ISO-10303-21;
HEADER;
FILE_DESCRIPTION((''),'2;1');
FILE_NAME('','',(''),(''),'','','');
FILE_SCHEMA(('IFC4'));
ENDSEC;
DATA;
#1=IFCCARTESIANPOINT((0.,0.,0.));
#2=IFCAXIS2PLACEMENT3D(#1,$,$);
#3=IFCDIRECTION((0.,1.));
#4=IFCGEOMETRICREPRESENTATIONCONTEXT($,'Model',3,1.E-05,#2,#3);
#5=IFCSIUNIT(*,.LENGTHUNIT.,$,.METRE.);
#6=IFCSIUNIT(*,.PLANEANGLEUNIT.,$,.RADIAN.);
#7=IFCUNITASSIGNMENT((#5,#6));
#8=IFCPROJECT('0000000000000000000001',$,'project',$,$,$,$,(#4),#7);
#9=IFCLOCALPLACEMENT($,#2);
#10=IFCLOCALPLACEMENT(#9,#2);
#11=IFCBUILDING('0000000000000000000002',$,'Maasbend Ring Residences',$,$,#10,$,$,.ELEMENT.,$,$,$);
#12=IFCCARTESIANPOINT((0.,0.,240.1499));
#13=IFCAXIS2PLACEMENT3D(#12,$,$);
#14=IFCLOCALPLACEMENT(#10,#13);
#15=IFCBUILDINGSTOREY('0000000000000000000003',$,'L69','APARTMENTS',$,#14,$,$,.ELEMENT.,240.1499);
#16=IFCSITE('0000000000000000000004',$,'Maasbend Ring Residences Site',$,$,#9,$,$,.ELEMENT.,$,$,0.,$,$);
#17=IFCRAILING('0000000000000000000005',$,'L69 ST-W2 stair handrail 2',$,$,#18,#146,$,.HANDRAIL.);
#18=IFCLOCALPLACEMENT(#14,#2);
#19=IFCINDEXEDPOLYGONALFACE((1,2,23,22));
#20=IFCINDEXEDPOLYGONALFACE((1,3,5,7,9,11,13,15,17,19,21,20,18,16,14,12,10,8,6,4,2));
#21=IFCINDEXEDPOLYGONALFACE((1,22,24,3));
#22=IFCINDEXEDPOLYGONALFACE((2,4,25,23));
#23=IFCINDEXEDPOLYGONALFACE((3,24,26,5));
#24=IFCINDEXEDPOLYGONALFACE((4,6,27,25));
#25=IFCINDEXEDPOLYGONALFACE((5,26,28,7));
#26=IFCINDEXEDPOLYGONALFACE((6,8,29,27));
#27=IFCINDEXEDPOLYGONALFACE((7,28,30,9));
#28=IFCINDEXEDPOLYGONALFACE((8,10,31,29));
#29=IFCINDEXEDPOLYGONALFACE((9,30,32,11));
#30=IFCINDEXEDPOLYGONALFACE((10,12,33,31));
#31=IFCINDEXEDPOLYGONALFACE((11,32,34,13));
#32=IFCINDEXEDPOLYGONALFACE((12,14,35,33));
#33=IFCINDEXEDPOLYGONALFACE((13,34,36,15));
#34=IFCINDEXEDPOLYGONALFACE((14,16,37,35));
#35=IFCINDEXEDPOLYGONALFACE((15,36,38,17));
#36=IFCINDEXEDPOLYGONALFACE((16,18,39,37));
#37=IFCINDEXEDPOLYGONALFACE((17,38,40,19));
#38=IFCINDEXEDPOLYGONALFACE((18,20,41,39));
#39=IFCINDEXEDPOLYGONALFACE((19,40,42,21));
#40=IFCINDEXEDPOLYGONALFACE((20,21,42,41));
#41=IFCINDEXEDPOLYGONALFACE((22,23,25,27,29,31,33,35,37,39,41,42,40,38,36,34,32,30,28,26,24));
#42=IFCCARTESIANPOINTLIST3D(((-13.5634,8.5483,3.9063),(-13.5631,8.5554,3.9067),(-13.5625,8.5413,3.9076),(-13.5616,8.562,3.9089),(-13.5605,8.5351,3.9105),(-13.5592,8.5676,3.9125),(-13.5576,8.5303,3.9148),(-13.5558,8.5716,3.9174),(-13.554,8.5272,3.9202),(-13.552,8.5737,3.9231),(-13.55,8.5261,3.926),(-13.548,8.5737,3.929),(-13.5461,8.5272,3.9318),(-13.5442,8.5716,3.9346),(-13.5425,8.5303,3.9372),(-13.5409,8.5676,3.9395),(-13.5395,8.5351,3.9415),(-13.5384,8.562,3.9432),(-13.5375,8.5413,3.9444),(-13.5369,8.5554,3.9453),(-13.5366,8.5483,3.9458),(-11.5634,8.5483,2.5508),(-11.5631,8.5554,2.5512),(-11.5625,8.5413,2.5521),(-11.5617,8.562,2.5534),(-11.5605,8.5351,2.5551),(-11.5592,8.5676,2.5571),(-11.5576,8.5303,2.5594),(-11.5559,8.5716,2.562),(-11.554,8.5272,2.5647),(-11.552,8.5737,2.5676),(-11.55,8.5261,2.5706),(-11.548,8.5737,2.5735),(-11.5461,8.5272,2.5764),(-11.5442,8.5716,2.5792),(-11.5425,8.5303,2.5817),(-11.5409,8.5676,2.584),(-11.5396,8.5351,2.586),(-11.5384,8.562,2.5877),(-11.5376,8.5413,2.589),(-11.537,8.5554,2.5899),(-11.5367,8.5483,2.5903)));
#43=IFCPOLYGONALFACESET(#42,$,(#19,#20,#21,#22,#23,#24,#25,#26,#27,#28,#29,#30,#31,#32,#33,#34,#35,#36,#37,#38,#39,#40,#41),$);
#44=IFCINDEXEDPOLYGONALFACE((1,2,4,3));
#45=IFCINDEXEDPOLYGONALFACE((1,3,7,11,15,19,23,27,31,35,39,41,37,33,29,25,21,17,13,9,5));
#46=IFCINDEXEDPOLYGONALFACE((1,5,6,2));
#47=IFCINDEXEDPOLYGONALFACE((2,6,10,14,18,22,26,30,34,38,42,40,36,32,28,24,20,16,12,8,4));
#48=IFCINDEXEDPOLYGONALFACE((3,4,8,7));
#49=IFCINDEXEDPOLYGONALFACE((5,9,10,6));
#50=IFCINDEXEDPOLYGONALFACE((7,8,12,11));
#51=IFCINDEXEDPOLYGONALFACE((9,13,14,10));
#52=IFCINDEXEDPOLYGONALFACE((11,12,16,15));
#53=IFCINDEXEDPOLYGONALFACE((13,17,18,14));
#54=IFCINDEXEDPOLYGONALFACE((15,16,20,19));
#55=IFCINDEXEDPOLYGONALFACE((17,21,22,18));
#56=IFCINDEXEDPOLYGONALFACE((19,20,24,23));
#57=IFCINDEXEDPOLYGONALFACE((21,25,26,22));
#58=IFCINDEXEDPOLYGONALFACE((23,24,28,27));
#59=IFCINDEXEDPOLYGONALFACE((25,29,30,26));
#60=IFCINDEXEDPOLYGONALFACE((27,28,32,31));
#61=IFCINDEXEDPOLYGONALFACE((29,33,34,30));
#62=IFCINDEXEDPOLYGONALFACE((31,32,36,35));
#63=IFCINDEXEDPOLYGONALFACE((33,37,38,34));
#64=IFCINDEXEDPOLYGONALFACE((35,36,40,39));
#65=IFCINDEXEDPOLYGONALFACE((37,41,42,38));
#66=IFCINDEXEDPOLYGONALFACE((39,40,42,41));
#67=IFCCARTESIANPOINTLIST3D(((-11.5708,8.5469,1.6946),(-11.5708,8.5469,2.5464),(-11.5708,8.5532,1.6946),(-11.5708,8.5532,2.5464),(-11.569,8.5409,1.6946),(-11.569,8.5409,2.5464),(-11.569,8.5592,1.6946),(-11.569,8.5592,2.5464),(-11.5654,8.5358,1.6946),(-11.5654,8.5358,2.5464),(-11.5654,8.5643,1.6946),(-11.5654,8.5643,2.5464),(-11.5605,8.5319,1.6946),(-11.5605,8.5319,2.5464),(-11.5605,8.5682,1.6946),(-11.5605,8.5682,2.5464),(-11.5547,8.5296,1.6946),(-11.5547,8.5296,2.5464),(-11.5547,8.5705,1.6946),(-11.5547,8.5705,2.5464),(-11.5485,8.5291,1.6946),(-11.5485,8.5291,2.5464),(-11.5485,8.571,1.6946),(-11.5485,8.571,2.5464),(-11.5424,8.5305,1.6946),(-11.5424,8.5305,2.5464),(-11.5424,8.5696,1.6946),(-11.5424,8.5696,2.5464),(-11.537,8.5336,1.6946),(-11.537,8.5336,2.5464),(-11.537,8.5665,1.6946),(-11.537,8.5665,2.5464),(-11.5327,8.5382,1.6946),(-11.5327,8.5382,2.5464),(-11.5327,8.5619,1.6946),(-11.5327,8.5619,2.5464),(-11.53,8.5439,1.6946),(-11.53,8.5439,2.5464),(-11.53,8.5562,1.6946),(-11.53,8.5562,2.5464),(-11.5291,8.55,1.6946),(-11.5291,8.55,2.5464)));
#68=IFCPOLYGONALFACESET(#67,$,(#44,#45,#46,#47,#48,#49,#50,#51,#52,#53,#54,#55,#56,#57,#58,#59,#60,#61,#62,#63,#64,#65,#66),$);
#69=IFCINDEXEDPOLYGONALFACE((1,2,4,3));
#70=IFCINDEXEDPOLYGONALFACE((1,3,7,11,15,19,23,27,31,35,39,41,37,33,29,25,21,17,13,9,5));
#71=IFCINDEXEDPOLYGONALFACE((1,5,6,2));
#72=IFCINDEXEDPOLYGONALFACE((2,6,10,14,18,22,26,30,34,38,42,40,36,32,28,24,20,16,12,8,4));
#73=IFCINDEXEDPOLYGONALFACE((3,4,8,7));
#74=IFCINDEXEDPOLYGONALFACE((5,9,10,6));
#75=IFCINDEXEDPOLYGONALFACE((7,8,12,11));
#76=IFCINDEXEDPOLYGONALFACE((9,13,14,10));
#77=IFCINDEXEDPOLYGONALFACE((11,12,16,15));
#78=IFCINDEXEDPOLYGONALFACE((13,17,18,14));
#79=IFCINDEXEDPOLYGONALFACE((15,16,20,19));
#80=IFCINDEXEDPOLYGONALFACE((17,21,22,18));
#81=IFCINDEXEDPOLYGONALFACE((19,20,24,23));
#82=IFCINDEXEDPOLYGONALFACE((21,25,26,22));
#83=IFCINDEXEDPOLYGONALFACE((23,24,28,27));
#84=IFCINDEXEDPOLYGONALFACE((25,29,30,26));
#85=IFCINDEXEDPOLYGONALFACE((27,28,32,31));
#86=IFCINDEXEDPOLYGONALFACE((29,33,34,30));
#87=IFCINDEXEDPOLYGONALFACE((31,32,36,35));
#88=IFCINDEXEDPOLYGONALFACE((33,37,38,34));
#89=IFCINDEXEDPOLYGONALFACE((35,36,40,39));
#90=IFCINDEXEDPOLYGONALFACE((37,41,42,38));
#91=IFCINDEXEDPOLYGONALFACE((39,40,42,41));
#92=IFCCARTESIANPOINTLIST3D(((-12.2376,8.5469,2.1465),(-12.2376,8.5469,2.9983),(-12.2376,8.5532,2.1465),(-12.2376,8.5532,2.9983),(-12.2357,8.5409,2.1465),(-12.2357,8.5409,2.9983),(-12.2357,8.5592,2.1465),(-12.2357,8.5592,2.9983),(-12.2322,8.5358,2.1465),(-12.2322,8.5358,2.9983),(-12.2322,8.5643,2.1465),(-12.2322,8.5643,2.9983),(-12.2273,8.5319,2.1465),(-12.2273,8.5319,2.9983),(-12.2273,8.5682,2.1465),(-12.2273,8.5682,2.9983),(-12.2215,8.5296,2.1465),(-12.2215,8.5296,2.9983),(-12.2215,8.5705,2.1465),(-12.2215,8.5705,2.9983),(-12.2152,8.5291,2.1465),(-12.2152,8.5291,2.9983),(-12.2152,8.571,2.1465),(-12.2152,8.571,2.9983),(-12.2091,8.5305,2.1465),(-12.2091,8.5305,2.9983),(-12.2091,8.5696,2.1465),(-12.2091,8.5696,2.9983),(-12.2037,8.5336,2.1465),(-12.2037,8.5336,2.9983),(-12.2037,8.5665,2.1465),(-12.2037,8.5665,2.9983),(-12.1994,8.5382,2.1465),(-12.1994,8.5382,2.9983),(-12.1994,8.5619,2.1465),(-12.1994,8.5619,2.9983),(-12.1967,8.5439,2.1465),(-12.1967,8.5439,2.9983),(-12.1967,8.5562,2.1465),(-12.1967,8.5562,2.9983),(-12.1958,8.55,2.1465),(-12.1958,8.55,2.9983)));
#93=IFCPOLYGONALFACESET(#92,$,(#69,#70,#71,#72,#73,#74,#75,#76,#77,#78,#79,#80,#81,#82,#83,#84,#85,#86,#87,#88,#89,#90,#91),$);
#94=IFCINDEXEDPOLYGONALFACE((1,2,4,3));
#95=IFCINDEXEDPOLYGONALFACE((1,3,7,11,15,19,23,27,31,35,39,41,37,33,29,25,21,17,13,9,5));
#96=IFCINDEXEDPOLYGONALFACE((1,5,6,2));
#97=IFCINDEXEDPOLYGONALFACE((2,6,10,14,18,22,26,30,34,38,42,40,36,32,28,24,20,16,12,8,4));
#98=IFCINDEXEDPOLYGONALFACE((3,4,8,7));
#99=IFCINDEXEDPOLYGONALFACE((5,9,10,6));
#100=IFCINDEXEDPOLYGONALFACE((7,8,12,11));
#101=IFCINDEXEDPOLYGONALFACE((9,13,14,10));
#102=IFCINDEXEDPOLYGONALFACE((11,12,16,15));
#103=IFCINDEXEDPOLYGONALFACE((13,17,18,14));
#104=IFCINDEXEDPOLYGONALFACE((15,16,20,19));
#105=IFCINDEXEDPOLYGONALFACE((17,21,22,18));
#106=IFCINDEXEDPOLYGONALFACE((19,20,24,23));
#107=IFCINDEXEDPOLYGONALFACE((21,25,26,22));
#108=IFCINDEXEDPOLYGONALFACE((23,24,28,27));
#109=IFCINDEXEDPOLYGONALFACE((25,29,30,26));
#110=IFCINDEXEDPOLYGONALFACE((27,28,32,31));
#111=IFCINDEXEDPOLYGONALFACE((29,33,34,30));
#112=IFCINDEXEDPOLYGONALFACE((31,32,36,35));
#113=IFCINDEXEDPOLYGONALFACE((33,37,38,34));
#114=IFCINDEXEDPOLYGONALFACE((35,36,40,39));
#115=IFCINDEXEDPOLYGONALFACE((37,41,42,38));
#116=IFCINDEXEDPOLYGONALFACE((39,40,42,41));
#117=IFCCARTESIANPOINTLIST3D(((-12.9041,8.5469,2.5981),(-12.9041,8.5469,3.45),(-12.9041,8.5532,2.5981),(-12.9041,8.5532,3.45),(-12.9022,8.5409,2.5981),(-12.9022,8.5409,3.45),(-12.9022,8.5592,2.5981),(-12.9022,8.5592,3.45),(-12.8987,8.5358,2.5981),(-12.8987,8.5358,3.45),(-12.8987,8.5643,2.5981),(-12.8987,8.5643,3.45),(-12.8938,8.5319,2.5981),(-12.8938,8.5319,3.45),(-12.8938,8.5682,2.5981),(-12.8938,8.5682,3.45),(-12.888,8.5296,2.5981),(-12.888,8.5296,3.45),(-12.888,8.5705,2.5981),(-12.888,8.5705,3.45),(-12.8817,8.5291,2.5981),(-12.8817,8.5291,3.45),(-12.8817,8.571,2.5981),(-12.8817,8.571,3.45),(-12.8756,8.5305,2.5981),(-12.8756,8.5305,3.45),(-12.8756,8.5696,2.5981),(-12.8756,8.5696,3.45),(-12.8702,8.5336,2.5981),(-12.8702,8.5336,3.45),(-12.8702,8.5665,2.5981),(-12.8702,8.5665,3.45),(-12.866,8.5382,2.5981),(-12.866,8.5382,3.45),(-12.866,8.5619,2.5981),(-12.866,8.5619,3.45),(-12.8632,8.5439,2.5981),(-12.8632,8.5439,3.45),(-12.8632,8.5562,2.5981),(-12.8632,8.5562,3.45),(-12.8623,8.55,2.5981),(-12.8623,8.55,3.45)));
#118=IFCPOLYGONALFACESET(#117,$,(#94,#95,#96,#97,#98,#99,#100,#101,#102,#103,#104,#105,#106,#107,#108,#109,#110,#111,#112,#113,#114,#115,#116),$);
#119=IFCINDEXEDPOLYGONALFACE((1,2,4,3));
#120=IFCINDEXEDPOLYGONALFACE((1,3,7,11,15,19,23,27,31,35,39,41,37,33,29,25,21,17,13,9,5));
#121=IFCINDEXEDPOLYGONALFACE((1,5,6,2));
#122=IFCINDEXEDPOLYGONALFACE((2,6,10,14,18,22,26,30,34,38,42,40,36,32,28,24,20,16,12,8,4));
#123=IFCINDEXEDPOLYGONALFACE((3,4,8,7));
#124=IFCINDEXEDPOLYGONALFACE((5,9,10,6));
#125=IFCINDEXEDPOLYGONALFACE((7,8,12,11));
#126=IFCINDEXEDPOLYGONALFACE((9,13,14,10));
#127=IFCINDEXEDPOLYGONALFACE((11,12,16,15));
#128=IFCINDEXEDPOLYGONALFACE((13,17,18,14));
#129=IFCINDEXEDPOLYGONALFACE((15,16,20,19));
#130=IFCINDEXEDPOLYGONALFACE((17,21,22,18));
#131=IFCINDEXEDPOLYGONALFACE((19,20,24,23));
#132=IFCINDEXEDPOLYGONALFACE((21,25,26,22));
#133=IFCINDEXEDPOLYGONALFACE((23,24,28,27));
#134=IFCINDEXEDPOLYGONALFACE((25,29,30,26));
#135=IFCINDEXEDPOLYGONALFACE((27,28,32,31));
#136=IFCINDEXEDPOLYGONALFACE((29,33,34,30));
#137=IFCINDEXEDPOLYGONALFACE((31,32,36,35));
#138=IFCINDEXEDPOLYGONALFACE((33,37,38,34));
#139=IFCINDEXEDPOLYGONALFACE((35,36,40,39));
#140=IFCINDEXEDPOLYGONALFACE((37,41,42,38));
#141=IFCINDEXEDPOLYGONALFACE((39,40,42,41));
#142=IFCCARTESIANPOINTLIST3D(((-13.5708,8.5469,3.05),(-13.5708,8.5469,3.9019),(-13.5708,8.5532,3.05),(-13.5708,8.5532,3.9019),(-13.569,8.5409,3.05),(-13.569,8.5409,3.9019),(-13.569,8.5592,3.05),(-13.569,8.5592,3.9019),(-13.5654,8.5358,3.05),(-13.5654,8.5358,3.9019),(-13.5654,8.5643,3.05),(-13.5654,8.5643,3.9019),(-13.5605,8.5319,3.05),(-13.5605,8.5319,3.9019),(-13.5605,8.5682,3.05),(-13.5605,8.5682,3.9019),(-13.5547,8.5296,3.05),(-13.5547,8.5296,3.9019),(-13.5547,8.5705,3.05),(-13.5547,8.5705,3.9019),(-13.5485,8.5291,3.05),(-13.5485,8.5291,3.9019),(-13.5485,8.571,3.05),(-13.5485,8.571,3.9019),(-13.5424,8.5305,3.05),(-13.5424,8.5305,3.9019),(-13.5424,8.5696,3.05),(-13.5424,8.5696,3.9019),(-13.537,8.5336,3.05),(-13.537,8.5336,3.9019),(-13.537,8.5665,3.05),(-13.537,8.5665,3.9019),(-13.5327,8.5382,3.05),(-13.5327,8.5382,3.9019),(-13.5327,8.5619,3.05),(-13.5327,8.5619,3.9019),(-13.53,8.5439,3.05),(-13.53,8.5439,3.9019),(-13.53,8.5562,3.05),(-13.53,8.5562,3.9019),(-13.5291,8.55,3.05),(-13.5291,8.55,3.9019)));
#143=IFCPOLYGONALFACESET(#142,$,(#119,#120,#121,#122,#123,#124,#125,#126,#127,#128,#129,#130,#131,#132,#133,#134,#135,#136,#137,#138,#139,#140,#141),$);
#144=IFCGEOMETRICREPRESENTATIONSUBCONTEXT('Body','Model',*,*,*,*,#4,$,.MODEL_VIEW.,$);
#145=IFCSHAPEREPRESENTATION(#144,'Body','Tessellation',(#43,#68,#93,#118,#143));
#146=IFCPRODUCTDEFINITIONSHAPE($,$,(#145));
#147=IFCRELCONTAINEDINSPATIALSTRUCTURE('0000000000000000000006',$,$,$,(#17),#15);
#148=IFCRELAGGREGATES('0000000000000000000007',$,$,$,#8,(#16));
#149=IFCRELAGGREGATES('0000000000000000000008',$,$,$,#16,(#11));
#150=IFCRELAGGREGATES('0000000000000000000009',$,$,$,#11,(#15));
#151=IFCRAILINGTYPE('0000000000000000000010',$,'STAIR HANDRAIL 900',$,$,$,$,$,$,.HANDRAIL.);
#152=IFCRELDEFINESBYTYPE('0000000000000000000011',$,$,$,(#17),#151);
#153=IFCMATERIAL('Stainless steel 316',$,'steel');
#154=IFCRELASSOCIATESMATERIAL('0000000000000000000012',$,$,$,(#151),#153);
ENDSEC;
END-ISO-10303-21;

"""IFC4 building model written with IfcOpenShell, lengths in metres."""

from ifc_helpers import new_model, si_unit, direction, frame, origin, origin_2d, place, context, subcontext, project, spatial, circle, extrude, material, type_object, element, save


model = new_model("IFC4")

# Units and contexts
model_context = context("Model", 3, precision=1e-05, world=origin(), true_north=direction((0.0, 1.0)))
body_context = subcontext(model_context, "Body", "Model", "MODEL_VIEW")
ifc_project = project(units=[si_unit("LENGTHUNIT", "METRE"), si_unit("PLANEANGLEUNIT", "RADIAN")], contexts=[model_context])

# Site, building, storey
site_placement = place(None, origin())
site = spatial("IfcSite", under=ifc_project, at=site_placement, Name="Maasbend Ring Residences Site", CompositionType="ELEMENT", RefElevation=0.0)
building_placement = place(site_placement, origin())
building = spatial("IfcBuilding", under=site, at=building_placement, Name="Maasbend Ring Residences", CompositionType="ELEMENT")
storey_placement = place(building_placement, frame((0.0, 0.0, 240.1499)))
storey = spatial("IfcBuildingStorey", under=building, at=storey_placement, Name="L69", Description="APARTMENTS", CompositionType="ELEMENT", Elevation=240.1499)

# Railing
ifc_material_1 = material(Name="Stainless steel 316", Category="steel")
railing_type_1 = type_object("IfcRailingType", Name="STAIR HANDRAIL 900", PredefinedType="HANDRAIL", material=ifc_material_1)
railing_1_placement = place(storey_placement, frame((-11.55, 8.55, 1.6946)))
element("IfcRailing", 1, at=railing_1_placement, inside=storey, type_object=railing_type_1, Name="L69 ST-W2 stair handrail 2", PredefinedType="HANDRAIL", context=body_context, shape_type="SweptSolid", body=[
    extrude(circle(Radius=0.0239, at=origin_2d()), frame((0.0, 0.0, 0.876), z_axis=(-0.827798, 0.0, 0.561027), x_axis=(0.0, -1.0, 0.0)), (0.0, 0.0, 1.0), 2.416),
    extrude(circle(Radius=0.021, at=origin_2d()), origin(), (0.0, 0.0, 1.0), 0.8518),
    extrude(circle(Radius=0.021, at=origin_2d()), frame((-0.6667, 0.0, 0.4519)), (0.0, 0.0, 1.0), 0.8518),
    extrude(circle(Radius=0.021, at=origin_2d()), frame((-1.3333, 0.0, 0.9036)), (0.0, 0.0, 1.0), 0.8518),
    extrude(circle(Radius=0.021, at=origin_2d()), frame((-2.0, 0.0, 1.3555)), (0.0, 0.0, 1.0), 0.8518),
])

save(model, "model.ifc")
